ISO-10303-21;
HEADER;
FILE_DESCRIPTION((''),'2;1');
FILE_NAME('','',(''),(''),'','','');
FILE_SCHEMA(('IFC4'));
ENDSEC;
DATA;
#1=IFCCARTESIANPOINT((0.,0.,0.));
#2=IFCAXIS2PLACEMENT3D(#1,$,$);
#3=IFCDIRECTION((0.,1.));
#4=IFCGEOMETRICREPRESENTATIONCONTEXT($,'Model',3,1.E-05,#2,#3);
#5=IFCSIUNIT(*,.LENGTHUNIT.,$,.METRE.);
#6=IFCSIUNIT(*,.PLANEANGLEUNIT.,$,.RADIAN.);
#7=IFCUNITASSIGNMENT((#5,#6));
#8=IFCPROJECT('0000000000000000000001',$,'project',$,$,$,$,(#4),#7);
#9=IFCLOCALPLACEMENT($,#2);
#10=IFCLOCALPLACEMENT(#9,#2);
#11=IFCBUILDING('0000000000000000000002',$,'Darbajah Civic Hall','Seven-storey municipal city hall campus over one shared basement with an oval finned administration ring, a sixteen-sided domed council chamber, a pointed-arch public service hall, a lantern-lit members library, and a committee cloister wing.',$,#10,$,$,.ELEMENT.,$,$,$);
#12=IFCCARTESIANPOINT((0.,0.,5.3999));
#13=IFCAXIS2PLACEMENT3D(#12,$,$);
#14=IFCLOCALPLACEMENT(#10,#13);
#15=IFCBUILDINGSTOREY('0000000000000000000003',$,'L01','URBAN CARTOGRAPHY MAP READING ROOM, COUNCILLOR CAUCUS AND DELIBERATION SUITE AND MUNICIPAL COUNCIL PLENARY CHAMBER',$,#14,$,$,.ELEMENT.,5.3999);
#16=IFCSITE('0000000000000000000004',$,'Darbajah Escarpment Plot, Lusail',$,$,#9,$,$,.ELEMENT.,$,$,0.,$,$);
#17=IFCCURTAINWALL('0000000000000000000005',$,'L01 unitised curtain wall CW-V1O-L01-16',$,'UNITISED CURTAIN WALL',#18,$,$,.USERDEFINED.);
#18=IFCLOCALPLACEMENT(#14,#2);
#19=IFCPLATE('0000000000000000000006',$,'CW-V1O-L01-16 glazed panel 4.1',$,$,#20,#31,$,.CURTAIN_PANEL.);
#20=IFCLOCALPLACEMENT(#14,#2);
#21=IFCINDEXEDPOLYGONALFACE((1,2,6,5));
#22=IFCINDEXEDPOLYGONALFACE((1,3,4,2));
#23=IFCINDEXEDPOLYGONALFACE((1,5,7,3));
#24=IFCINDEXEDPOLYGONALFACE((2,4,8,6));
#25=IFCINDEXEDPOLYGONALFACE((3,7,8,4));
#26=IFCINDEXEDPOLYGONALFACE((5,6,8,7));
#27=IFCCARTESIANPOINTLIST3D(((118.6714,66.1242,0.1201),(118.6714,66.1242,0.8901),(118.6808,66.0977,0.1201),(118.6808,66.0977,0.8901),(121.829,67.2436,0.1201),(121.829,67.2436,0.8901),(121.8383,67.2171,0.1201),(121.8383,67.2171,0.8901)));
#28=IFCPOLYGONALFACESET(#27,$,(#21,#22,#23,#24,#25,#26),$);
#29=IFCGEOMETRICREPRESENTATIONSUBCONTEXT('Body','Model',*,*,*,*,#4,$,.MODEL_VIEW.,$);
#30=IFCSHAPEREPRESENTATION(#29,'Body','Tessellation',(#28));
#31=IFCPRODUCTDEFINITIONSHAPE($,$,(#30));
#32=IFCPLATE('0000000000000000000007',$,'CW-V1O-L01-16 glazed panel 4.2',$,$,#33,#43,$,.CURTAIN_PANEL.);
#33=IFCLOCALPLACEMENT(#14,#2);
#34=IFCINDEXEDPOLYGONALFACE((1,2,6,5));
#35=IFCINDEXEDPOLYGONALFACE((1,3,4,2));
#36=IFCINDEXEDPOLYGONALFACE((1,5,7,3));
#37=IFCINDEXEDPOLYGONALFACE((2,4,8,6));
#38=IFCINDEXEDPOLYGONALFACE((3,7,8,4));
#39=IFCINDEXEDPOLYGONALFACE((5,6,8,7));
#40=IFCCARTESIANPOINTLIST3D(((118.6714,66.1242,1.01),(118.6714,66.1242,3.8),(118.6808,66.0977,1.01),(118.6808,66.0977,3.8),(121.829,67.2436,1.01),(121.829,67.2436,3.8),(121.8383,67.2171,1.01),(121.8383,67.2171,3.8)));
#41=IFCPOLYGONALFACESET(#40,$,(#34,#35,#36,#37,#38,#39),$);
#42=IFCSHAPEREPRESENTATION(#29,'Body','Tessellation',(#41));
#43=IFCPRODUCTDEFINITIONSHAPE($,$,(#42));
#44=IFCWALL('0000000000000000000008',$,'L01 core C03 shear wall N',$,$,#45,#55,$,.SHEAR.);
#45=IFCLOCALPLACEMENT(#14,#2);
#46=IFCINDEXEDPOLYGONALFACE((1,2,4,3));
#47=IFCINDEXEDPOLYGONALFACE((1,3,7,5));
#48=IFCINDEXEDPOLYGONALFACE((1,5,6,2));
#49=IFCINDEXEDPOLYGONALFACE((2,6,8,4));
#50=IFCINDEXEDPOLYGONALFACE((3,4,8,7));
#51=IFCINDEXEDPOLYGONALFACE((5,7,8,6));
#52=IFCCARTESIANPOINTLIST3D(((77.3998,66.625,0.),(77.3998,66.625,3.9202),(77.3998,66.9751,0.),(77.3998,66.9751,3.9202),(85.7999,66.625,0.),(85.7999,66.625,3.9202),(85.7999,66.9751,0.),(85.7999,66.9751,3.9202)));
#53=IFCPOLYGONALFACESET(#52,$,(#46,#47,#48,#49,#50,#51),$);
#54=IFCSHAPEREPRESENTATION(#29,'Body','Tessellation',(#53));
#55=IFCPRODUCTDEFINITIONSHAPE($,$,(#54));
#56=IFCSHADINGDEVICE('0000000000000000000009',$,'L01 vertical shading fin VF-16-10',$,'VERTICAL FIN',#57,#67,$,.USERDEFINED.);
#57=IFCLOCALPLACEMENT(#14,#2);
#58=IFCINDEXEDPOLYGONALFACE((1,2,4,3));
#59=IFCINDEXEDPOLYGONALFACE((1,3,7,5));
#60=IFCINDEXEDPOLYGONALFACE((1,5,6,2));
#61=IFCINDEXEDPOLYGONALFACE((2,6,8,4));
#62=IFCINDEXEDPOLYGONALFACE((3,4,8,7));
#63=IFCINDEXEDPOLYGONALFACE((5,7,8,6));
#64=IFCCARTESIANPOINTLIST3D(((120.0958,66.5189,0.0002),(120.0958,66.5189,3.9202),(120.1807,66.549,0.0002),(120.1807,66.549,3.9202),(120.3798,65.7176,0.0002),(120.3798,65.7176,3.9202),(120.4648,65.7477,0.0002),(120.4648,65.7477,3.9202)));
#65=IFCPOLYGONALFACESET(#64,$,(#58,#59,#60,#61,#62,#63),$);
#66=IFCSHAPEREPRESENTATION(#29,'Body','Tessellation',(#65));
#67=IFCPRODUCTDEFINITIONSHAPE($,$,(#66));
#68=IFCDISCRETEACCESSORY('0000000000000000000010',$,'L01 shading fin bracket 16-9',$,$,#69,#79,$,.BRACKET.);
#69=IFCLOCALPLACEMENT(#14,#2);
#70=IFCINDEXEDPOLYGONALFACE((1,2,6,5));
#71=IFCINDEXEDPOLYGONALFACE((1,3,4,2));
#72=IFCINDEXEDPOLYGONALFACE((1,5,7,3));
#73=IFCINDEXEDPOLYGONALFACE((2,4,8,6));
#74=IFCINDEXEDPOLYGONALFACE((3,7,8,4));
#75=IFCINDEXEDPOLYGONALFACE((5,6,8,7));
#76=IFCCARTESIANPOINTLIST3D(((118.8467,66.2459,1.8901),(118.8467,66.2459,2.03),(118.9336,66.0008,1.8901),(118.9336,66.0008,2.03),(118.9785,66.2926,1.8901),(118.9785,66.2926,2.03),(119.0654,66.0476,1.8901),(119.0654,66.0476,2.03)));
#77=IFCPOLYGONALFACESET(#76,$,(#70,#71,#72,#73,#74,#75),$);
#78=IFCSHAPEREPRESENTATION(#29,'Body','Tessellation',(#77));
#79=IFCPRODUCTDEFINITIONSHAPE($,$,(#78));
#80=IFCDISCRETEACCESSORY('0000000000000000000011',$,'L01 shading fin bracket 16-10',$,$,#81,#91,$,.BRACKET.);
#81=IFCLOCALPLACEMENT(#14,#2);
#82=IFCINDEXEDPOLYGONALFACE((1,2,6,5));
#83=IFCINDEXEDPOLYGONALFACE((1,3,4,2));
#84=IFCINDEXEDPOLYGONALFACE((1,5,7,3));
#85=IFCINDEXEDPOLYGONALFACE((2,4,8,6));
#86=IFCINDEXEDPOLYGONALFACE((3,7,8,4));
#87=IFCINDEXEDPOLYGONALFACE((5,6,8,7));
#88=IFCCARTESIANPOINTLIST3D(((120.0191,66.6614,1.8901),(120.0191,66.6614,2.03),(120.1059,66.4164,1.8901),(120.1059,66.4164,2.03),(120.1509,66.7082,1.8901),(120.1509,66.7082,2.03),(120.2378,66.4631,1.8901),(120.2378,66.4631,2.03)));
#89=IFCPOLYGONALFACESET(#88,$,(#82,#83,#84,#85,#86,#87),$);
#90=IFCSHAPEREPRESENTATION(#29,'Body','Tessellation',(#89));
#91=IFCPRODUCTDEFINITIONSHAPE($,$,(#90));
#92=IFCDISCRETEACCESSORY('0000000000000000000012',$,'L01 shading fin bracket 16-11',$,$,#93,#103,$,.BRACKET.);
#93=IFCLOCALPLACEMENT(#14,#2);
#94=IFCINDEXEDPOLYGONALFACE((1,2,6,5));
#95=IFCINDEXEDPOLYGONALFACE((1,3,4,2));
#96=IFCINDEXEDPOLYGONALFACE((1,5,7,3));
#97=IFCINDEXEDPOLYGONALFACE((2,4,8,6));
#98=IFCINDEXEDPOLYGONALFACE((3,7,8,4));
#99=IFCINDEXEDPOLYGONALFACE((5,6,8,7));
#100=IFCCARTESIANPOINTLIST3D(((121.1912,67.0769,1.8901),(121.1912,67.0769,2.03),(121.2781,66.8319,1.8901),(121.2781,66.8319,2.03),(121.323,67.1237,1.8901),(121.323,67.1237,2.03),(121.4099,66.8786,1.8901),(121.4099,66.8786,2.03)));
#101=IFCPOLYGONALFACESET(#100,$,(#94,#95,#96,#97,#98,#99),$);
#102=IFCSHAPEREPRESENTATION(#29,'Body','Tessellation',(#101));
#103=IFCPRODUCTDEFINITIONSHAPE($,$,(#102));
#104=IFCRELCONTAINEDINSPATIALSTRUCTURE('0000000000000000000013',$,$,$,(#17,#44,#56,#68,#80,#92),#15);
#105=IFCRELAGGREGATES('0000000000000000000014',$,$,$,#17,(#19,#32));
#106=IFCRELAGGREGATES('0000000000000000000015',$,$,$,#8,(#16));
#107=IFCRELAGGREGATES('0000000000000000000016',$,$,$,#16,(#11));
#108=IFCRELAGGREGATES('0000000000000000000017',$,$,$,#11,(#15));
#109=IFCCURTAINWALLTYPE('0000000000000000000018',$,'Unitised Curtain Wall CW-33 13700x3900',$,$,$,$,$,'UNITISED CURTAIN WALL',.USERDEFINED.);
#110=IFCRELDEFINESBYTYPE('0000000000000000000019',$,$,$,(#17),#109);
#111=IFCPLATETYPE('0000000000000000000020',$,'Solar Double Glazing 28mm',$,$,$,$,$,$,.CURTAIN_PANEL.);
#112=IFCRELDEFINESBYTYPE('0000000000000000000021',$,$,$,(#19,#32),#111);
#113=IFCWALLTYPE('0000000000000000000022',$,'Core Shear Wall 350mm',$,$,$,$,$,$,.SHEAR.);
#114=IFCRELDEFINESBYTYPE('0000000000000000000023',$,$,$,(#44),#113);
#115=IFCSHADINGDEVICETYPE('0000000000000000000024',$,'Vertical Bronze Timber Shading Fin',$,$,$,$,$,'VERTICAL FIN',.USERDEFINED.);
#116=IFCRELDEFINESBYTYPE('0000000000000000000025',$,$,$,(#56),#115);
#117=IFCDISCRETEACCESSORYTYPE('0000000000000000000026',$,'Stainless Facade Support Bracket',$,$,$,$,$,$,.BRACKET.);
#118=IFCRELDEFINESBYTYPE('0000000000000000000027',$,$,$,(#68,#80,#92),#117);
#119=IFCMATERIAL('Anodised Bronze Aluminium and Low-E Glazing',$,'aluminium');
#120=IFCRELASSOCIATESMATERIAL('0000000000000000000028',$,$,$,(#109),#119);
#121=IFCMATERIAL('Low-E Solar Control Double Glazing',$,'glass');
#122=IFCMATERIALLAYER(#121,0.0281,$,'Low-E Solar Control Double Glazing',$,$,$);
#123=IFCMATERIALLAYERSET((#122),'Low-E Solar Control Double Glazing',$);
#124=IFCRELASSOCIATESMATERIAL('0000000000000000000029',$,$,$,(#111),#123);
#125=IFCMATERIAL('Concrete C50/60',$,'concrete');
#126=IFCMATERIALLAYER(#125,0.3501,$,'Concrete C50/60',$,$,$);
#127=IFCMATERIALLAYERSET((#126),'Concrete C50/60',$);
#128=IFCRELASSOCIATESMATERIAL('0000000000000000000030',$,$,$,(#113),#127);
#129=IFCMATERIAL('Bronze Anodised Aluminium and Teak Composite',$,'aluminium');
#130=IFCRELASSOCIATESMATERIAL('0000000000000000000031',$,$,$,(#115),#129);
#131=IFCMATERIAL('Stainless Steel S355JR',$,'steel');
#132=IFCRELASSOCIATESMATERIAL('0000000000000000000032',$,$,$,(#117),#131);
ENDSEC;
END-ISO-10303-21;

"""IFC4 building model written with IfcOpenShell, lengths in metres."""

from ifc_helpers import new_model, si_unit, direction, frame, frame_2d, origin, origin_2d, place, context, subcontext, project, spatial, rectangle, extrude, material, layer, layer_set, type_object, element, aggregate, save


model = new_model("IFC4")

# Units and contexts
model_context = context("Model", 3, precision=1e-05, world=origin(), true_north=direction((0.0, 1.0)))
body_context = subcontext(model_context, "Body", "Model", "MODEL_VIEW")
ifc_project = project(units=[si_unit("LENGTHUNIT", "METRE"), si_unit("PLANEANGLEUNIT", "RADIAN")], contexts=[model_context])

# Site, building, storey
site_placement = place(None, origin())
site = spatial("IfcSite", under=ifc_project, at=site_placement, Name="Darbajah Escarpment Plot, Lusail", CompositionType="ELEMENT", RefElevation=0.0)
building_placement = place(site_placement, origin())
building = spatial("IfcBuilding", under=site, at=building_placement, Name="Darbajah Civic Hall", Description="Seven-storey municipal city hall campus over one shared basement with an oval finned administration ring, a sixteen-sided domed council chamber, a pointed-arch public service hall, a lantern-lit members library, and a committee cloister wing.", CompositionType="ELEMENT")
storey_placement = place(building_placement, frame((0.0, 0.0, 5.3999)))
storey = spatial("IfcBuildingStorey", under=building, at=storey_placement, Name="L01", Description="URBAN CARTOGRAPHY MAP READING ROOM, COUNCILLOR CAUCUS AND DELIBERATION SUITE AND MUNICIPAL COUNCIL PLENARY CHAMBER", CompositionType="ELEMENT", Elevation=5.3999)

# Curtain wall
ifc_material_1 = material(Name="Anodised Bronze Aluminium and Low-E Glazing", Category="aluminium")
curtain_wall_type = type_object("IfcCurtainWallType", Name="Unitised Curtain Wall CW-33 13700x3900", ElementType="UNITISED CURTAIN WALL", PredefinedType="USERDEFINED", material=ifc_material_1)
curtain_wall_placement = place(storey_placement, origin())
curtain_wall = element("IfcCurtainWall", 1, at=curtain_wall_placement, inside=storey, type_object=curtain_wall_type, Name="L01 unitised curtain wall CW-V1O-L01-16", ObjectType="UNITISED CURTAIN WALL", PredefinedType="USERDEFINED")

# Plates
ifc_material_2 = material(Name="Low-E Solar Control Double Glazing", Category="glass")
ifc_layer_1 = layer(ifc_material_2, 0.0281, Name="Low-E Solar Control Double Glazing")
ifc_layer_set_1 = layer_set([ifc_layer_1], Name="Low-E Solar Control Double Glazing")
plate_type = type_object("IfcPlateType", Name="Solar Double Glazing 28mm", PredefinedType="CURTAIN_PANEL", material=ifc_layer_set_1)
plate_1_placement = place(storey_placement, frame((120.2549, 66.6707, 0.1201), z_axis=(0.0, 0.0, 1.0), x_axis=(0.942525, 0.334136, 0.0)))
plate_1 = element("IfcPlate", 2, at=plate_1_placement, type_object=plate_type, Name="CW-V1O-L01-16 glazed panel 4.1", PredefinedType="CURTAIN_PANEL", context=body_context, shape_type="SweptSolid", body=[
    extrude(rectangle(XDim=3.3501, YDim=0.0281, at=origin_2d()), origin(), (0.0, 0.0, 1.0), 0.77),
])
plate_2_placement = place(storey_placement, frame((120.2549, 66.6707, 1.01), z_axis=(0.0, 0.0, 1.0), x_axis=(0.942525, 0.334136, 0.0)))
plate_2 = element("IfcPlate", 3, at=plate_2_placement, type_object=plate_type, Name="CW-V1O-L01-16 glazed panel 4.2", PredefinedType="CURTAIN_PANEL", context=body_context, shape_type="SweptSolid", body=[
    extrude(rectangle(XDim=3.3501, YDim=0.0281, at=origin_2d()), origin(), (0.0, 0.0, 1.0), 2.79),
])
aggregate(curtain_wall, [plate_1, plate_2])

# Wall
ifc_material_3 = material(Name="Concrete C50/60", Category="concrete")
ifc_layer_2 = layer(ifc_material_3, 0.3501, Name="Concrete C50/60")
ifc_layer_set_2 = layer_set([ifc_layer_2], Name="Concrete C50/60")
wall_type = type_object("IfcWallType", Name="Core Shear Wall 350mm", PredefinedType="SHEAR", material=ifc_layer_set_2)
wall_placement = place(storey_placement, frame((85.8, 66.8, 0.0), z_axis=(0.0, 0.0, 1.0), x_axis=(-1.0, 0.0, 0.0)))
element("IfcWall", 4, at=wall_placement, inside=storey, type_object=wall_type, Name="L01 core C03 shear wall N", PredefinedType="SHEAR", context=body_context, shape_type="SweptSolid", body=[
    extrude(rectangle(XDim=8.4001, YDim=0.3501, at=frame_2d((4.2002, 0.0))), origin(), (0.0, 0.0, 1.0), 3.9202),
])

# Shading device
ifc_material_4 = material(Name="Bronze Anodised Aluminium and Teak Composite", Category="aluminium")
shading_device_type = type_object("IfcShadingDeviceType", Name="Vertical Bronze Timber Shading Fin", ElementType="VERTICAL FIN", PredefinedType="USERDEFINED", material=ifc_material_4)
shading_device_placement = place(storey_placement, frame((120.2803, 66.1333, 0.0002), z_axis=(0.0, 0.0, 1.0), x_axis=(0.334136, -0.942525, 0.0)))
element("IfcShadingDevice", 5, at=shading_device_placement, inside=storey, type_object=shading_device_type, Name="L01 vertical shading fin VF-16-10", ObjectType="VERTICAL FIN", PredefinedType="USERDEFINED", context=body_context, shape_type="SweptSolid", body=[
    extrude(rectangle(XDim=0.8501, YDim=0.0901, at=origin_2d()), origin(), (0.0, 0.0, 1.0), 3.9199),
])

# Discrete accessories
ifc_material_5 = material(Name="Stainless Steel S355JR", Category="steel")
discrete_accessory_type = type_object("IfcDiscreteAccessoryType", Name="Stainless Facade Support Bracket", PredefinedType="BRACKET", material=ifc_material_5)
for number, where, z_axis, x_axis, name in (
    (6, (118.9561, 66.1467, 1.8901), (0.0, 0.0, 1.0), (0.334136, -0.942525, 0.0), "L01 shading fin bracket 16-9"),
    (7, (120.1284, 66.5623, 1.8901), (0.0, 0.0, 1.0), (0.334136, -0.942525, 0.0), "L01 shading fin bracket 16-10"),
    (8, (121.3005, 66.9778, 1.8901), (0.0, 0.0, 1.0), (0.334136, -0.942525, 0.0), "L01 shading fin bracket 16-11"),
):
    element("IfcDiscreteAccessory", number, at=place(storey_placement, frame(where, z_axis=z_axis, x_axis=x_axis)), inside=storey, type_object=discrete_accessory_type, Name=name, PredefinedType="BRACKET", context=body_context, shape_type="SweptSolid", body=[
        extrude(rectangle(XDim=0.26, YDim=0.1399, at=origin_2d()), origin(), (0.0, 0.0, 1.0), 0.1399),
    ])

save(model, "model.ifc")
